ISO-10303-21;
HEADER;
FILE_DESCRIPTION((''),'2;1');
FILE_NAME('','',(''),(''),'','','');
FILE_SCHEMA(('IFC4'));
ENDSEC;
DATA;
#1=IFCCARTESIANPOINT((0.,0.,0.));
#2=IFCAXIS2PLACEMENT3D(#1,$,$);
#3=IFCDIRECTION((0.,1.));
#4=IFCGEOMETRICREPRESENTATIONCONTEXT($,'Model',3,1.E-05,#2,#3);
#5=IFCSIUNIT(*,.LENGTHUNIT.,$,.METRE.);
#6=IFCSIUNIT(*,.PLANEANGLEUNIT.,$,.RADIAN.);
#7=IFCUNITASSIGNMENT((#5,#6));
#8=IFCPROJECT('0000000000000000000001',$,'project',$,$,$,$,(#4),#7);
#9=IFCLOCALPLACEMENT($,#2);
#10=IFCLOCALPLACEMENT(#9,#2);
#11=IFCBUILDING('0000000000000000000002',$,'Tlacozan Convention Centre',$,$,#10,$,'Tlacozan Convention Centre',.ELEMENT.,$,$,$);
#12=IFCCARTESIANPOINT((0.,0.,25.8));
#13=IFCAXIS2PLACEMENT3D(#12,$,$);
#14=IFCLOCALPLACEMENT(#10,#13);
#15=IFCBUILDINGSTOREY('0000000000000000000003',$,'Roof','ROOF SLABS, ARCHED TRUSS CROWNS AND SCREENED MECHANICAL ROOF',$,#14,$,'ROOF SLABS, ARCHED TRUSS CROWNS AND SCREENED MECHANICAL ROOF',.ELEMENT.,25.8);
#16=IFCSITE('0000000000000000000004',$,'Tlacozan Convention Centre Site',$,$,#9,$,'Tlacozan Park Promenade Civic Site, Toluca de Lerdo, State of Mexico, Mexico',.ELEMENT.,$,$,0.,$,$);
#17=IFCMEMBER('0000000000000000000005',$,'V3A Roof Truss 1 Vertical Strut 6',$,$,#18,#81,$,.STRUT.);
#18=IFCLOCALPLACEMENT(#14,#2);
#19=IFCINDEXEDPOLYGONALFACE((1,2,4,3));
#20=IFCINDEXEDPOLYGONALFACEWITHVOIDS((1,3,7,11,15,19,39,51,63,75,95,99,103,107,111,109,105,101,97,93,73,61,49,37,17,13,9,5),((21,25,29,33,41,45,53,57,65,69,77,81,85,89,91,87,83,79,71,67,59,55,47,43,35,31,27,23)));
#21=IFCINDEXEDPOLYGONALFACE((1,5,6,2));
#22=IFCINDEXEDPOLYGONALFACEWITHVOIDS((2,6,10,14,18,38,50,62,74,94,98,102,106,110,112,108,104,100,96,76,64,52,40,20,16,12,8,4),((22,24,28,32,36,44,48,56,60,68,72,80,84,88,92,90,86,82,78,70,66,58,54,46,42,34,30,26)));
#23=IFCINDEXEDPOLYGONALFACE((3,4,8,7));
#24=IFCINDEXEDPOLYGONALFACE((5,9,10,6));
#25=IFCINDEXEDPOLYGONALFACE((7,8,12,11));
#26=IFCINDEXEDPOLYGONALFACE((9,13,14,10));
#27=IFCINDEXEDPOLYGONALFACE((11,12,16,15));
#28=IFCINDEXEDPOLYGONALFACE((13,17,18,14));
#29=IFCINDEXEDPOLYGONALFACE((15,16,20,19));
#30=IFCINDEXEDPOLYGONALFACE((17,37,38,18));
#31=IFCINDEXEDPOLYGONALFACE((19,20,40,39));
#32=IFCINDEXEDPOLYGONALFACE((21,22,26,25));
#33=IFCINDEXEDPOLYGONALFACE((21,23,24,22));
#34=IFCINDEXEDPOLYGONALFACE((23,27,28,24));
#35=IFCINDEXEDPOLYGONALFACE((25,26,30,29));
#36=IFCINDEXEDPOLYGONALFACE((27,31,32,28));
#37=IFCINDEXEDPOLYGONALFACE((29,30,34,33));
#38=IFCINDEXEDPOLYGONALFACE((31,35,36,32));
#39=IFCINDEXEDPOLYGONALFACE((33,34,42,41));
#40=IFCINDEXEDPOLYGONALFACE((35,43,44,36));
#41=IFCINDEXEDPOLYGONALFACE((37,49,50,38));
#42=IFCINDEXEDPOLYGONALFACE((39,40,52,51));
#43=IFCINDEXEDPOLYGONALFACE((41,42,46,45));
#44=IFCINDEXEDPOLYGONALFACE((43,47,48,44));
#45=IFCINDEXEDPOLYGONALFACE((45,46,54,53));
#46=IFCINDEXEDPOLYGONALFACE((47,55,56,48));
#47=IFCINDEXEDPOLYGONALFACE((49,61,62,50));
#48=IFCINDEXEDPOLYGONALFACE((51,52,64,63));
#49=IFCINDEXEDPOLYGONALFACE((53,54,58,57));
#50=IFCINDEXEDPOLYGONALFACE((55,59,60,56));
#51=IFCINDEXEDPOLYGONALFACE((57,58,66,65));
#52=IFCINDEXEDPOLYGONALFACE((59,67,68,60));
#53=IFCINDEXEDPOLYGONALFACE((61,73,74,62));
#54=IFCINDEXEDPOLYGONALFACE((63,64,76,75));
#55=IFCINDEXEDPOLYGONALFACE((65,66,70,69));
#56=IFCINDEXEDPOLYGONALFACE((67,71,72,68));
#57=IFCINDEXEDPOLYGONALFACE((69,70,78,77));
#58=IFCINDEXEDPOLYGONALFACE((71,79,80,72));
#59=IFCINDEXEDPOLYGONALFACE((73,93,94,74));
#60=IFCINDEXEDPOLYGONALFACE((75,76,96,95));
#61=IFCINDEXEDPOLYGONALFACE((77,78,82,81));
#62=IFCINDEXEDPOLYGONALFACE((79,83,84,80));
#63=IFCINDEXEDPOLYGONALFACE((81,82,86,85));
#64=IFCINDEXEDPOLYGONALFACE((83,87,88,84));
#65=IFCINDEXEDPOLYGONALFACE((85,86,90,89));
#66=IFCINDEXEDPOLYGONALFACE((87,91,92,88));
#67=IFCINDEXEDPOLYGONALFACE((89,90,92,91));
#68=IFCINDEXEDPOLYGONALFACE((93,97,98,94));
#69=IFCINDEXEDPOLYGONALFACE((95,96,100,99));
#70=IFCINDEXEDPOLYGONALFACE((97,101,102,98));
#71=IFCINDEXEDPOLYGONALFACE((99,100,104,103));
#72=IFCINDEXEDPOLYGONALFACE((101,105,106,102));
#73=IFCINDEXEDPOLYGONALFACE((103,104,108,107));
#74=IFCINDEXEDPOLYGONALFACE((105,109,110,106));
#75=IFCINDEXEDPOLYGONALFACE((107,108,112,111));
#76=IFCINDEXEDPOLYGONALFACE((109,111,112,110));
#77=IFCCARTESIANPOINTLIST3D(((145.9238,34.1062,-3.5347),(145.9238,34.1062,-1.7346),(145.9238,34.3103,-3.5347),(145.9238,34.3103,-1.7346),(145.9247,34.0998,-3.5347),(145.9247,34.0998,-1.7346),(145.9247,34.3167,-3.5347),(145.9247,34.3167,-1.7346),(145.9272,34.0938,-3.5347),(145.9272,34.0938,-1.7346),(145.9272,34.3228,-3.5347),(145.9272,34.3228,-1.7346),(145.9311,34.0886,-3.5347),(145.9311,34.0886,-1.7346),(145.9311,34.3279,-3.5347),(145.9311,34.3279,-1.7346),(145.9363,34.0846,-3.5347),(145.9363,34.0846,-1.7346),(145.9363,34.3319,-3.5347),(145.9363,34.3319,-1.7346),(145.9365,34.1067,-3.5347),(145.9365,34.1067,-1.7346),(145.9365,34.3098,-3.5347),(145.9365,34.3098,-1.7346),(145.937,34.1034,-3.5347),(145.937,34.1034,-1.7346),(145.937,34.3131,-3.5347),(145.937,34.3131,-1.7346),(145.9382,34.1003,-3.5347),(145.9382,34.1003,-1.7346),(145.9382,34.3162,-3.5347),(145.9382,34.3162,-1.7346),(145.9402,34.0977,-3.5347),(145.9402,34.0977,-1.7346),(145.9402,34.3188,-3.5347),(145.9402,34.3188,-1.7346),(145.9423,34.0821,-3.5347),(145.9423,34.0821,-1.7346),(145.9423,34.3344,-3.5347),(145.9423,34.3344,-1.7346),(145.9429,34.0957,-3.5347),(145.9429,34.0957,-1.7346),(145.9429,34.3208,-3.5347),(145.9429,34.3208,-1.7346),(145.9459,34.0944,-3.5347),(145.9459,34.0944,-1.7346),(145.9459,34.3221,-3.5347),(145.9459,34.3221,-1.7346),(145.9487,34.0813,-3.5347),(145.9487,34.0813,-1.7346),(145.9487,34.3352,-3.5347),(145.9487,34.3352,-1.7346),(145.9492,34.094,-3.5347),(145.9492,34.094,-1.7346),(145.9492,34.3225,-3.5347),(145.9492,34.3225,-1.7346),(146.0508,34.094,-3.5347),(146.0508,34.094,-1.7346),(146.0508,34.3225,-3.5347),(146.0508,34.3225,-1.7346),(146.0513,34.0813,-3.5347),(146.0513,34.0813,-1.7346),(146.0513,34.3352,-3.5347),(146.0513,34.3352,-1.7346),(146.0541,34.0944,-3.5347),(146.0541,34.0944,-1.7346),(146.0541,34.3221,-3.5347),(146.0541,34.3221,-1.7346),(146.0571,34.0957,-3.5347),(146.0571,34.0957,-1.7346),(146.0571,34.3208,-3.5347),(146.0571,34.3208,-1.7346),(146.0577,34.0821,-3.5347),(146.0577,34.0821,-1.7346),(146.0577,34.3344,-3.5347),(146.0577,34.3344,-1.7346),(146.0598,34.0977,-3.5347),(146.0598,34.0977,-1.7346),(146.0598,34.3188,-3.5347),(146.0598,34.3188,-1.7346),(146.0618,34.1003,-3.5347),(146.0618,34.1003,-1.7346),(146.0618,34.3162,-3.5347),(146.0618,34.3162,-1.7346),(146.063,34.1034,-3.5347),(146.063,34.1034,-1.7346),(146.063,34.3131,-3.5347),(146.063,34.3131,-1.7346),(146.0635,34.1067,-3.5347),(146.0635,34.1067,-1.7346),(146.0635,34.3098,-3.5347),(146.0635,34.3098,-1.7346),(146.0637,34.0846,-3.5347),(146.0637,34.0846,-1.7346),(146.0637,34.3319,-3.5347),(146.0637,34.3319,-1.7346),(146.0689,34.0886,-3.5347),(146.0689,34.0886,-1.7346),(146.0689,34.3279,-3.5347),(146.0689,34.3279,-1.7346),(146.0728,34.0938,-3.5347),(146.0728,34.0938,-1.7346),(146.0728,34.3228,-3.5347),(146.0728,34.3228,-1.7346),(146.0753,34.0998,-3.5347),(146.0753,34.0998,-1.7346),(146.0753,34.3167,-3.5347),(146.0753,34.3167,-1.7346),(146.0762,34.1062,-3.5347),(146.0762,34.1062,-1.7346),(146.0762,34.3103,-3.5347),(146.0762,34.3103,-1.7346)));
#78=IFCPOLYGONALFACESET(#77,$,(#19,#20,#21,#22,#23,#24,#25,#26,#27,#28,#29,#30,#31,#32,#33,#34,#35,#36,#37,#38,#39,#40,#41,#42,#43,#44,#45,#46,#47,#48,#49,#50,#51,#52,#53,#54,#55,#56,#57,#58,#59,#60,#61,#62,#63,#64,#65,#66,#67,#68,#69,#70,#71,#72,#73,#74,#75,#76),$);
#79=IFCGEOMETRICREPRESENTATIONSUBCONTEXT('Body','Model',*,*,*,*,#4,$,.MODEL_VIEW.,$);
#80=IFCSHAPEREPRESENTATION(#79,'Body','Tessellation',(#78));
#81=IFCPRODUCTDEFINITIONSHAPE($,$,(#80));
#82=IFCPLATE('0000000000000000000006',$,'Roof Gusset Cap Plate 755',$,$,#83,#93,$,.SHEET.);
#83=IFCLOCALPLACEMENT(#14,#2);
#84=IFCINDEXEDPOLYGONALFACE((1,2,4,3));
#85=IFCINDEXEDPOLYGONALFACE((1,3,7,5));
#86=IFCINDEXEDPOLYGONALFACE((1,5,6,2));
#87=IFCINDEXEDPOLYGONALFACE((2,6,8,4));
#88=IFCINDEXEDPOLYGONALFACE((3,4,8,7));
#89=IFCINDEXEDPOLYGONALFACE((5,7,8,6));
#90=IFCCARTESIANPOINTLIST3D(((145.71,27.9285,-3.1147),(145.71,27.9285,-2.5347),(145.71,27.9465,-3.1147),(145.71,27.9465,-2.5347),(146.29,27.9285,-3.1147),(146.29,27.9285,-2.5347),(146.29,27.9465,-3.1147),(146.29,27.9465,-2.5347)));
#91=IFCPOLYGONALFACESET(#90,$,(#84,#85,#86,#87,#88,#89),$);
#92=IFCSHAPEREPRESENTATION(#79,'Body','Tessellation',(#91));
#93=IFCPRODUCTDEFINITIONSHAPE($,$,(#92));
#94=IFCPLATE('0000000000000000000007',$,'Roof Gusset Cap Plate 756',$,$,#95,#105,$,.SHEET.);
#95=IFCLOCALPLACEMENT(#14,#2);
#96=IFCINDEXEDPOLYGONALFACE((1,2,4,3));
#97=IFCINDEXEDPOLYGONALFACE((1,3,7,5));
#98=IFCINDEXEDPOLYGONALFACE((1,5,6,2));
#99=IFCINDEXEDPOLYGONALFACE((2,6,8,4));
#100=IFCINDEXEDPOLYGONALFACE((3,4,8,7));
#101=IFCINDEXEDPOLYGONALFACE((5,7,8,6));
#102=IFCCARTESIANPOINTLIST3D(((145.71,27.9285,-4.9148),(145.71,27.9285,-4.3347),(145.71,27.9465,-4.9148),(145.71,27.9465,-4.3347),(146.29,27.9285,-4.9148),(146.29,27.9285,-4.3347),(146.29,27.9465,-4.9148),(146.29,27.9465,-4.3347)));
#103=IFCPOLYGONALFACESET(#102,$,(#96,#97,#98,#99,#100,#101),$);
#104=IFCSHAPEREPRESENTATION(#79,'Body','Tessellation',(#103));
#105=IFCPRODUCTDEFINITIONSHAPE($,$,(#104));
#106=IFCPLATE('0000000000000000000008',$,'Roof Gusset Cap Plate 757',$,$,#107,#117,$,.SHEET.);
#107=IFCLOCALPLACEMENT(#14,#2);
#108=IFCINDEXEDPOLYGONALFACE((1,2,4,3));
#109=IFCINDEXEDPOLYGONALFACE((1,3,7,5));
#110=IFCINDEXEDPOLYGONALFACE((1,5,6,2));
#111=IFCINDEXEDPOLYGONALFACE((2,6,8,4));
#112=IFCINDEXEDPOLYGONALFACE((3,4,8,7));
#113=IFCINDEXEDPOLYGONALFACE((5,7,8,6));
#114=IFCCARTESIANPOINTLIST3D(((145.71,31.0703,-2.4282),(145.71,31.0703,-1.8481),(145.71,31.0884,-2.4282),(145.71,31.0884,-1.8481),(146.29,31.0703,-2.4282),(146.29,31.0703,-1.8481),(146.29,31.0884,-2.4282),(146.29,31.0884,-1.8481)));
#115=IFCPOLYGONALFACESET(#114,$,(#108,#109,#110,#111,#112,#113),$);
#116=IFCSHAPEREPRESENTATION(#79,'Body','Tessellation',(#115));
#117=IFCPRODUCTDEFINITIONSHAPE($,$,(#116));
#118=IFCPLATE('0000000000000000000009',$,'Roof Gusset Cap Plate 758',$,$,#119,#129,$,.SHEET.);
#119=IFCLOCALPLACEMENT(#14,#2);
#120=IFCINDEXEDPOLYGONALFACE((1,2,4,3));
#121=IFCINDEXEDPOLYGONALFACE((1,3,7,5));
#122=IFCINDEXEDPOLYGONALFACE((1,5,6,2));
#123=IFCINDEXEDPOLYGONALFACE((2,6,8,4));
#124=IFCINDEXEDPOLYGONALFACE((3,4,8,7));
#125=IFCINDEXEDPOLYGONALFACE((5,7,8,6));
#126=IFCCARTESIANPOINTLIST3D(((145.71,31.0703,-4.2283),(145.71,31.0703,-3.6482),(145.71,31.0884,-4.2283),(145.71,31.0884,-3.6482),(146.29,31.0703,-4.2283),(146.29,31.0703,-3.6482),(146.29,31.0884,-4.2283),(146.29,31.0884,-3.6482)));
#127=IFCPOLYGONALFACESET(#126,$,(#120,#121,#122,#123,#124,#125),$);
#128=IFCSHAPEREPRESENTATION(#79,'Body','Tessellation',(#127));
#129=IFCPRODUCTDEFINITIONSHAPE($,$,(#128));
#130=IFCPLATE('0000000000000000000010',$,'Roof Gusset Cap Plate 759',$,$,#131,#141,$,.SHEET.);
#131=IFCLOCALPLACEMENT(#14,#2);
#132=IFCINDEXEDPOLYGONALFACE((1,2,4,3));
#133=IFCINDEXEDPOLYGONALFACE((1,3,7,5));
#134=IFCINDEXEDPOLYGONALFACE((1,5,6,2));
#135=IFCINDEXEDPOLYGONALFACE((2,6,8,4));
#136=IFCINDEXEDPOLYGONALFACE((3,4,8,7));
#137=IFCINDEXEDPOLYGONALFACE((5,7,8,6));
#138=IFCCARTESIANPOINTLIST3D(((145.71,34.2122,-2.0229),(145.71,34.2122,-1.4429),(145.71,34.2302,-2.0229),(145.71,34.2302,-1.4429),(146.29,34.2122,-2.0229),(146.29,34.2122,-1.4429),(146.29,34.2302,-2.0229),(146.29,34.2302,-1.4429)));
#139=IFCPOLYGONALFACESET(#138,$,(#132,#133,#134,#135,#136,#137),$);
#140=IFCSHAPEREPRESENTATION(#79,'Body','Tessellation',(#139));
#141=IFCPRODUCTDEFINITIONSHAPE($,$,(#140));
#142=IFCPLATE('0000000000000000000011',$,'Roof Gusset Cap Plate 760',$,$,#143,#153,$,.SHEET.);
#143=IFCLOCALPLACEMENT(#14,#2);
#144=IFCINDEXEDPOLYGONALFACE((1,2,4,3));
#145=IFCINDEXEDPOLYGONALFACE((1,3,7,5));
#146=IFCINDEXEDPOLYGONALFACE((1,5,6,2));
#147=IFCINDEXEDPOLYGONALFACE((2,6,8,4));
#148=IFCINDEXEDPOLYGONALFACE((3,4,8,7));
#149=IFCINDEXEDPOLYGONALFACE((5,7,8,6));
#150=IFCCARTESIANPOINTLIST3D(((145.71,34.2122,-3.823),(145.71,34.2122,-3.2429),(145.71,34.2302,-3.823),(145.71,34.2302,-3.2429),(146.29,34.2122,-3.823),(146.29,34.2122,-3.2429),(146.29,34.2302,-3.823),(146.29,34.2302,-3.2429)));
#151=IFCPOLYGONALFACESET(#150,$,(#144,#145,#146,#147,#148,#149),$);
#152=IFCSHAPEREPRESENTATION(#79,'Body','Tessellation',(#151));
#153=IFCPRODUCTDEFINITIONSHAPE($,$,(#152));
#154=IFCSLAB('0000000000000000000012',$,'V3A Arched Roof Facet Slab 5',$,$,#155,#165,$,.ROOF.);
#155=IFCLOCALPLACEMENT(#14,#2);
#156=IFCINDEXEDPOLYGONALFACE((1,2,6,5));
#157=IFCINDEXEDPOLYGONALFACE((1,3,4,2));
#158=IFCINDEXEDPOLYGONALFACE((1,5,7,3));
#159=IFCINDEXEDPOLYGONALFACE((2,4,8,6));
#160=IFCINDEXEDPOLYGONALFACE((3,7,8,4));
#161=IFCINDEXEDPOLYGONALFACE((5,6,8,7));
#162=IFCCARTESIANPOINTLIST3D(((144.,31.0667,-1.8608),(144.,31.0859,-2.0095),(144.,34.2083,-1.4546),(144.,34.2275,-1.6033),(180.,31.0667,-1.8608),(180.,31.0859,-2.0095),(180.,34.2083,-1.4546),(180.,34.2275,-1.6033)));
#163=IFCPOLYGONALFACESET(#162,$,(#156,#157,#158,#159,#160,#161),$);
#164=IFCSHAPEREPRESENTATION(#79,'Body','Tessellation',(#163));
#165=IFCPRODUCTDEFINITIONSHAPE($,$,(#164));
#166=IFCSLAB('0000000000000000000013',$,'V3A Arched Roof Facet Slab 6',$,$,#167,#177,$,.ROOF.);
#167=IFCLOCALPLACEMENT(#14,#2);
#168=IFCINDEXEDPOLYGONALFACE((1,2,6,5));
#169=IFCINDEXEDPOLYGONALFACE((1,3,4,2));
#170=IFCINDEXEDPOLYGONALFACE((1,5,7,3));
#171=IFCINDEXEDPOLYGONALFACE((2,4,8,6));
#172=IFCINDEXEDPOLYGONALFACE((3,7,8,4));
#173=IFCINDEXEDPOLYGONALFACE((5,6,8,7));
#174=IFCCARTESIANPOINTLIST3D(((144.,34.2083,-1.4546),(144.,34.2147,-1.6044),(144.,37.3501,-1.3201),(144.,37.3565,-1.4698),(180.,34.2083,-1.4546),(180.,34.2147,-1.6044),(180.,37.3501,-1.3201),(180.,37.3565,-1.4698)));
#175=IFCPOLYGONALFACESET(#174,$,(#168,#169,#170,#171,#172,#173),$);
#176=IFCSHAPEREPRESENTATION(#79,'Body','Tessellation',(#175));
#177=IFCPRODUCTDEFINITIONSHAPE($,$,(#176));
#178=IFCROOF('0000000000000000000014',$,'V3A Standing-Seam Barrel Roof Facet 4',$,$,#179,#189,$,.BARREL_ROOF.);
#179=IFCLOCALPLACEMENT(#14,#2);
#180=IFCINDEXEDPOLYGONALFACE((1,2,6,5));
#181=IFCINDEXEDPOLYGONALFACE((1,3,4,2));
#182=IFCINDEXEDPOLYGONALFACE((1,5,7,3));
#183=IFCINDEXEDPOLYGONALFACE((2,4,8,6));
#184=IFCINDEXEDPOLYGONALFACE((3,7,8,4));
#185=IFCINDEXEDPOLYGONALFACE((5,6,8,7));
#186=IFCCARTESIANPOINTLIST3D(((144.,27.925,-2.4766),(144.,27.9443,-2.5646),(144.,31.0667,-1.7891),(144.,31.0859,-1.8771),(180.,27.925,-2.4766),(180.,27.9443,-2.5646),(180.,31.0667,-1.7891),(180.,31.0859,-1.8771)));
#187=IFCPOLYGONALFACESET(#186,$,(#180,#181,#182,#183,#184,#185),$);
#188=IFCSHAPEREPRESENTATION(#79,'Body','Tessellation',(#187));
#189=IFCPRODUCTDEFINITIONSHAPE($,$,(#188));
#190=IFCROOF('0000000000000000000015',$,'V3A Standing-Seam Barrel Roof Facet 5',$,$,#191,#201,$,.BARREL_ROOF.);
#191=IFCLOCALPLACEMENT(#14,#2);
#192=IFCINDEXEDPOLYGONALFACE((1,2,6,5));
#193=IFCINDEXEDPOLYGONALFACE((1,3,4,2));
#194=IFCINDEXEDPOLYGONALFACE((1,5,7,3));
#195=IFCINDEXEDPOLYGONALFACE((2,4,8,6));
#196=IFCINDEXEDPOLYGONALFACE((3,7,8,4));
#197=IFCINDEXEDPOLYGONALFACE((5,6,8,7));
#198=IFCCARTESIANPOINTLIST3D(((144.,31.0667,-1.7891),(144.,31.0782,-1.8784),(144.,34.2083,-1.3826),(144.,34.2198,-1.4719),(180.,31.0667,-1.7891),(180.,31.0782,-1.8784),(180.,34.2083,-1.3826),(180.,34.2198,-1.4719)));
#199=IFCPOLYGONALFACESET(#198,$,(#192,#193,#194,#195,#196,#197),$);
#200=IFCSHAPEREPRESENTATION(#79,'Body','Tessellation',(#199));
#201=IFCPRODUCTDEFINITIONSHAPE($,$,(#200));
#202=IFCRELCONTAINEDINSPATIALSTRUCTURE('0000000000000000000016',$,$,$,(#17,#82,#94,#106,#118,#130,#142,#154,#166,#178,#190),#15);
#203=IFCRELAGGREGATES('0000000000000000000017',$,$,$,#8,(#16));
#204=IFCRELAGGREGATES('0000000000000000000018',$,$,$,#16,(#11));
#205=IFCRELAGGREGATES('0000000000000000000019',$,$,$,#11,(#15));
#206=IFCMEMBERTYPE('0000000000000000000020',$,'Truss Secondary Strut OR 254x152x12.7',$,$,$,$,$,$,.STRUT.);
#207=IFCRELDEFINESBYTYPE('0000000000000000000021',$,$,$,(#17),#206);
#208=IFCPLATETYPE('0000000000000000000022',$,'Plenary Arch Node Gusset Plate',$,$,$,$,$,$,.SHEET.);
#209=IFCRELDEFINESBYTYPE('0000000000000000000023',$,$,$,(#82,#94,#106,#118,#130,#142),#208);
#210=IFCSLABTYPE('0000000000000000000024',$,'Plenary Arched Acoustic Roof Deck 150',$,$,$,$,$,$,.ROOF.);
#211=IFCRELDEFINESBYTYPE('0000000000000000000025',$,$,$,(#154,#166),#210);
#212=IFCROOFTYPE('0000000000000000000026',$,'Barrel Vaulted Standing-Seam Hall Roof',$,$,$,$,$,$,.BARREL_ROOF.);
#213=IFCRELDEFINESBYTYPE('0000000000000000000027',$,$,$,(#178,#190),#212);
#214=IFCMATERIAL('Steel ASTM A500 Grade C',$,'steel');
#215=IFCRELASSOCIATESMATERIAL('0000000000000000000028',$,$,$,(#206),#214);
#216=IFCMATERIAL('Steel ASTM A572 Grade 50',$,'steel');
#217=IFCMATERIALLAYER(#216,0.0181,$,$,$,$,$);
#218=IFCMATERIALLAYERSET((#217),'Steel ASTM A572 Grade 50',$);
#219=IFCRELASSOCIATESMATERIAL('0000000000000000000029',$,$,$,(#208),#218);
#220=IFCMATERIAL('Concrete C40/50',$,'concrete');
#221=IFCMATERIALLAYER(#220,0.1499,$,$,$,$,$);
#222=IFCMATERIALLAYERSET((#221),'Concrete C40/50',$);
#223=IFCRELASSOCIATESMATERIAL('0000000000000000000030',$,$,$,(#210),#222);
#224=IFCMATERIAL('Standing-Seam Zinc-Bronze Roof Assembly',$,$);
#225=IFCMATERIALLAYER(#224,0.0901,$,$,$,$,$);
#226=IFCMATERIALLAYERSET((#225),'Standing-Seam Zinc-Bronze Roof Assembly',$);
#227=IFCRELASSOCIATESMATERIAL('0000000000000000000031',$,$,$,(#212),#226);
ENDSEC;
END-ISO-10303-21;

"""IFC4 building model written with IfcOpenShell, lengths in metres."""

from ifc_helpers import new_model, si_unit, direction, frame, origin, origin_2d, place, context, subcontext, project, spatial, polyline, rectangle, hollow_rectangle, outline, extrude, material, layer, layer_set, material_profile, profile_set, type_object, element, save


model = new_model("IFC4")

# Units and contexts
model_context = context("Model", 3, precision=1e-05, world=origin(), true_north=direction((0.0, 1.0)))
body_context = subcontext(model_context, "Body", "Model", "MODEL_VIEW")
ifc_project = project(units=[si_unit("LENGTHUNIT", "METRE"), si_unit("PLANEANGLEUNIT", "RADIAN")], contexts=[model_context])

# Site, building, storey
site_placement = place(None, origin())
site = spatial("IfcSite", under=ifc_project, at=site_placement, Name="Tlacozan Convention Centre Site", LongName="Tlacozan Park Promenade Civic Site, Toluca de Lerdo, State of Mexico, Mexico", CompositionType="ELEMENT", RefElevation=0.0)
building_placement = place(site_placement, origin())
building = spatial("IfcBuilding", under=site, at=building_placement, Name="Tlacozan Convention Centre", LongName="Tlacozan Convention Centre", CompositionType="ELEMENT")
storey_placement = place(building_placement, frame((0.0, 0.0, 25.8)))
storey = spatial("IfcBuildingStorey", under=building, at=storey_placement, Name="Roof", Description="ROOF SLABS, ARCHED TRUSS CROWNS AND SCREENED MECHANICAL ROOF", LongName="ROOF SLABS, ARCHED TRUSS CROWNS AND SCREENED MECHANICAL ROOF", CompositionType="ELEMENT", Elevation=25.8)

# Member
ifc_material_1 = material(Name="Steel ASTM A500 Grade C", Category="steel")
ifc_material_profile_1 = material_profile(ifc_material_1, hollow_rectangle(XDim=0.1523, YDim=0.2539, WallThickness=0.0127, InnerFilletRadius=0.0127, OuterFilletRadius=0.0249, at=origin_2d()), Name="OR 254x152x12.7")
ifc_profile_set_1 = profile_set([ifc_material_profile_1], Name="Steel ASTM A500 Grade C")
member_type_1 = type_object("IfcMemberType", Name="Truss Secondary Strut OR 254x152x12.7", PredefinedType="STRUT", material=ifc_profile_set_1)
for number, where, z_axis, x_axis, name in (
    (1, (146.0, 34.2083, -3.5347), (0.0, 0.0, 1.0), (1.0, 0.0, 0.0), "V3A Roof Truss 1 Vertical Strut 6"),
):
    element("IfcMember", number, at=place(storey_placement, frame(where, z_axis=z_axis, x_axis=x_axis)), inside=storey, type_object=member_type_1, Name=name, PredefinedType="STRUT", context=body_context, shape_type="SweptSolid", body=[
        extrude(hollow_rectangle(XDim=0.1523, YDim=0.2539, WallThickness=0.0127, InnerFilletRadius=0.0127, OuterFilletRadius=0.0249, at=origin_2d()), origin(), (0.0, 0.0, 1.0), 1.8),
    ])

# Plates
ifc_material_2 = material(Name="Steel ASTM A572 Grade 50", Category="steel")
ifc_layer_1 = layer(ifc_material_2, 0.0181)
ifc_layer_set_1 = layer_set([ifc_layer_1], Name="Steel ASTM A572 Grade 50")
plate_type = type_object("IfcPlateType", Name="Plenary Arch Node Gusset Plate", PredefinedType="SHEET", material=ifc_layer_set_1)
for number, where, z_axis, x_axis, name in (
    (2, (146.0, 27.9375, -3.1147), (0.0, 0.0, 1.0), (0.0, 1.0, 0.0), "Roof Gusset Cap Plate 755"),
    (3, (146.0, 27.9375, -4.9148), (0.0, 0.0, 1.0), (0.0, 1.0, 0.0), "Roof Gusset Cap Plate 756"),
    (4, (146.0, 31.0793, -2.4282), (0.0, 0.0, 1.0), (0.0, 1.0, 0.0), "Roof Gusset Cap Plate 757"),
    (5, (146.0, 31.0793, -4.2283), (0.0, 0.0, 1.0), (0.0, 1.0, 0.0), "Roof Gusset Cap Plate 758"),
    (6, (146.0, 34.2212, -2.0229), (0.0, 0.0, 1.0), (0.0, 1.0, 0.0), "Roof Gusset Cap Plate 759"),
    (7, (146.0, 34.2212, -3.823), (0.0, 0.0, 1.0), (0.0, 1.0, 0.0), "Roof Gusset Cap Plate 760"),
):
    element("IfcPlate", number, at=place(storey_placement, frame(where, z_axis=z_axis, x_axis=x_axis)), inside=storey, type_object=plate_type, Name=name, PredefinedType="SHEET", context=body_context, shape_type="SweptSolid", body=[
        extrude(rectangle(XDim=0.0181, YDim=0.5801, at=origin_2d()), origin(), (0.0, 0.0, 1.0), 0.5801),
    ])

# Slabs
ifc_material_3 = material(Name="Concrete C40/50", Category="concrete")
ifc_layer_2 = layer(ifc_material_3, 0.1499)
ifc_layer_set_2 = layer_set([ifc_layer_2], Name="Concrete C40/50")
slab_type = type_object("IfcSlabType", Name="Plenary Arched Acoustic Roof Deck 150", PredefinedType="ROOF", material=ifc_layer_set_2)
slab_1_placement = place(storey_placement, frame((144.0, 31.0667, -1.8608), z_axis=(0.0, -0.128245, 0.991742), x_axis=(1.0, 0.0, 0.0)))
element("IfcSlab", 8, at=slab_1_placement, inside=storey, type_object=slab_type, Name="V3A Arched Roof Facet Slab 5", PredefinedType="ROOF", context=body_context, shape_type="SweptSolid", body=[
    extrude(outline(polyline([(0.0, 0.0), (36.0, 0.0), (36.0, 3.1678), (0.0, 3.1678), (0.0, 0.0)])), origin(), (0.0, 0.0, -1.0), 0.1499),
])
slab_2_placement = place(storey_placement, frame((144.0, 34.2083, -1.4546), z_axis=(0.0, -0.042777, 0.999085), x_axis=(1.0, 0.0, 0.0)))
element("IfcSlab", 9, at=slab_2_placement, inside=storey, type_object=slab_type, Name="V3A Arched Roof Facet Slab 6", PredefinedType="ROOF", context=body_context, shape_type="SweptSolid", body=[
    extrude(outline(polyline([(0.0, 0.0), (36.0, 0.0), (36.0, 3.1447), (0.0, 3.1447), (0.0, 0.0)])), origin(), (0.0, 0.0, -1.0), 0.1499),
])

# Roofs
ifc_material_4 = material(Name="Standing-Seam Zinc-Bronze Roof Assembly")
ifc_layer_3 = layer(ifc_material_4, 0.0901)
ifc_layer_set_3 = layer_set([ifc_layer_3], Name="Standing-Seam Zinc-Bronze Roof Assembly")
roof_type = type_object("IfcRoofType", Name="Barrel Vaulted Standing-Seam Hall Roof", PredefinedType="BARREL_ROOF", material=ifc_layer_set_3)
roof_1_placement = place(storey_placement, frame((144.0, 27.925, -2.4766), z_axis=(0.0, -0.213778, 0.976882), x_axis=(1.0, 0.0, 0.0)))
element("IfcRoof", 10, at=roof_1_placement, inside=storey, type_object=roof_type, Name="V3A Standing-Seam Barrel Roof Facet 4", PredefinedType="BARREL_ROOF", context=body_context, shape_type="SweptSolid", body=[
    extrude(outline(polyline([(0.0, 0.0), (36.0, 0.0), (36.0, 3.2159), (0.0, 3.2159), (0.0, 0.0)])), origin(), (0.0, 0.0, -1.0), 0.0901),
])
roof_2_placement = place(storey_placement, frame((144.0, 31.0667, -1.7891), z_axis=(0.0, -0.128321, 0.991733), x_axis=(1.0, 0.0, 0.0)))
element("IfcRoof", 11, at=roof_2_placement, inside=storey, type_object=roof_type, Name="V3A Standing-Seam Barrel Roof Facet 5", PredefinedType="BARREL_ROOF", context=body_context, shape_type="SweptSolid", body=[
    extrude(outline(polyline([(0.0, 0.0), (36.0, 0.0), (36.0, 3.1678), (0.0, 3.1678), (0.0, 0.0)])), origin(), (0.0, 0.0, -1.0), 0.0901),
])

save(model, "model.ifc")
